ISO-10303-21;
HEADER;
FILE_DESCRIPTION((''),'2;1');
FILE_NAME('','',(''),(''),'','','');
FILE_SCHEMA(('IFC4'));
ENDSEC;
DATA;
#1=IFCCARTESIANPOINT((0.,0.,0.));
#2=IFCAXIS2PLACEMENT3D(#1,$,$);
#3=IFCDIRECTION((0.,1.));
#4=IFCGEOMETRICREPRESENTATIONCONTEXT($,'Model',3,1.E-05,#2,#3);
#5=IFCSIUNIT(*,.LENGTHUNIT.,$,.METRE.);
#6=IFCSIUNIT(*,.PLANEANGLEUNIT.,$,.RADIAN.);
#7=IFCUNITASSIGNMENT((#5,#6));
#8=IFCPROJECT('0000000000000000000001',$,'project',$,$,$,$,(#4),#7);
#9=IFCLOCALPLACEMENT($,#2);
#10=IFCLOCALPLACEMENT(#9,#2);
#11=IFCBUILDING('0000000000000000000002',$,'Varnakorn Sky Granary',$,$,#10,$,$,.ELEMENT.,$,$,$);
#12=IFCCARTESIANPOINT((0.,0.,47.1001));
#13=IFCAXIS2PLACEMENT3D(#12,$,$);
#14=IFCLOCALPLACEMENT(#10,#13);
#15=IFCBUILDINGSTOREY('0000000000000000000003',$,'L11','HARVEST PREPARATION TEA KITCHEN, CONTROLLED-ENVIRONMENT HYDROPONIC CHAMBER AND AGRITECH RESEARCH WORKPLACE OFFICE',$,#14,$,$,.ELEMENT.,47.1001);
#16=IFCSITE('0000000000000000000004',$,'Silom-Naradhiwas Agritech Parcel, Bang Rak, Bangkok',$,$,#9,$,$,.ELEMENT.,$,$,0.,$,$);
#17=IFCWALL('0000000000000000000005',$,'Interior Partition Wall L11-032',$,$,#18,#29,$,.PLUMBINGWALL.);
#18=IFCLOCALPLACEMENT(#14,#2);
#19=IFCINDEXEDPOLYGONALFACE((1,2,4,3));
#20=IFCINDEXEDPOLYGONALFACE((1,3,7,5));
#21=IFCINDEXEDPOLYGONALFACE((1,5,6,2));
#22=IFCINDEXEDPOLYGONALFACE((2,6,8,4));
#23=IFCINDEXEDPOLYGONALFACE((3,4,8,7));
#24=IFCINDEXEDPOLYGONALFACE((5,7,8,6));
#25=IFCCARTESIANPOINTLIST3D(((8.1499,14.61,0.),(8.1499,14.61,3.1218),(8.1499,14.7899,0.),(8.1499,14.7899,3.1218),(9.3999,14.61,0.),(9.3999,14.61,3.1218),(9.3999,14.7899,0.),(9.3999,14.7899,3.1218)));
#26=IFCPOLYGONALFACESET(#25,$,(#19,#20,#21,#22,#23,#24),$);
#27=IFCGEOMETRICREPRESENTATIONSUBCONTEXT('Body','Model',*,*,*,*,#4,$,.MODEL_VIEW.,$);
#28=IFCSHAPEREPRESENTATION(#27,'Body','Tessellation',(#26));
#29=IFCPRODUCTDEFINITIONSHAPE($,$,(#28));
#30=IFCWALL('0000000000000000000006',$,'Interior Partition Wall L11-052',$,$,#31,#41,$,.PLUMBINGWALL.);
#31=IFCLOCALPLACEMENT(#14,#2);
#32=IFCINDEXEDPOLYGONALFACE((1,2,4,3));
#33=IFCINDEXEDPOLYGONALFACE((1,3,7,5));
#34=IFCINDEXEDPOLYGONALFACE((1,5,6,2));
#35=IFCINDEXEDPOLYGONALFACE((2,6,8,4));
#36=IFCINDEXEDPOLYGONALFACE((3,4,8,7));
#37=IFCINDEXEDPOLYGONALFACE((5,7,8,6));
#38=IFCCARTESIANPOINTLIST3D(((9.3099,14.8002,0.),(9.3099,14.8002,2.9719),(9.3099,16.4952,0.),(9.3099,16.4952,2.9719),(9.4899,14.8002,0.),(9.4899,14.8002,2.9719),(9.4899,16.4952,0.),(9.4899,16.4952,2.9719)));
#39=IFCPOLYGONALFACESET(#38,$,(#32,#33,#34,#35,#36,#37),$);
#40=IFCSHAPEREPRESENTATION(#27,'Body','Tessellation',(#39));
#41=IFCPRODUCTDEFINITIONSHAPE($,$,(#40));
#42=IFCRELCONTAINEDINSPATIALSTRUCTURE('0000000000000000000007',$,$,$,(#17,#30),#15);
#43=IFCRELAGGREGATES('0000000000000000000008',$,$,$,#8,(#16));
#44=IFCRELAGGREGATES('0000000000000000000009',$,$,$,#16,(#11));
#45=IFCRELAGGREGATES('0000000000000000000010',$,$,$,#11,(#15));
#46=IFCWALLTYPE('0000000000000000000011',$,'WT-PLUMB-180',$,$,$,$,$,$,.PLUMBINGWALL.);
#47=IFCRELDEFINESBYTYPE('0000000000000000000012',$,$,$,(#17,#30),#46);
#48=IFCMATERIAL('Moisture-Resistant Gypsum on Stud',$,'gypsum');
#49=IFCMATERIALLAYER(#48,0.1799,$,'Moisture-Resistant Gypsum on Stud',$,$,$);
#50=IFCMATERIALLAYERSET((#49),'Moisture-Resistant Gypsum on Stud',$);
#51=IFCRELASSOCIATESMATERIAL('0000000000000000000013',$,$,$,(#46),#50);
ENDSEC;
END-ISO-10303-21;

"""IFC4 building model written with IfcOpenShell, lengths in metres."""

from ifc_helpers import new_model, si_unit, direction, frame, frame_2d, origin, place, context, subcontext, project, spatial, rectangle, extrude, material, layer, layer_set, type_object, element, save


model = new_model("IFC4")

# Units and contexts
model_context = context("Model", 3, precision=1e-05, world=origin(), true_north=direction((0.0, 1.0)))
body_context = subcontext(model_context, "Body", "Model", "MODEL_VIEW")
ifc_project = project(units=[si_unit("LENGTHUNIT", "METRE"), si_unit("PLANEANGLEUNIT", "RADIAN")], contexts=[model_context])

# Site, building, storey
site_placement = place(None, origin())
site = spatial("IfcSite", under=ifc_project, at=site_placement, Name="Silom-Naradhiwas Agritech Parcel, Bang Rak, Bangkok", CompositionType="ELEMENT", RefElevation=0.0)
building_placement = place(site_placement, origin())
building = spatial("IfcBuilding", under=site, at=building_placement, Name="Varnakorn Sky Granary", CompositionType="ELEMENT")
storey_placement = place(building_placement, frame((0.0, 0.0, 47.1001)))
storey = spatial("IfcBuildingStorey", under=building, at=storey_placement, Name="L11", Description="HARVEST PREPARATION TEA KITCHEN, CONTROLLED-ENVIRONMENT HYDROPONIC CHAMBER AND AGRITECH RESEARCH WORKPLACE OFFICE", CompositionType="ELEMENT", Elevation=47.1001)

# Walls
ifc_material_1 = material(Name="Moisture-Resistant Gypsum on Stud", Category="gypsum")
ifc_layer_1 = layer(ifc_material_1, 0.1799, Name="Moisture-Resistant Gypsum on Stud")
ifc_layer_set_1 = layer_set([ifc_layer_1], Name="Moisture-Resistant Gypsum on Stud")
wall_type_1 = type_object("IfcWallType", Name="WT-PLUMB-180", PredefinedType="PLUMBINGWALL", material=ifc_layer_set_1)
wall_1_placement = place(storey_placement, frame((9.3999, 14.7, 0.0), z_axis=(0.0, 0.0, 1.0), x_axis=(-1.0, 0.0, 0.0)))
element("IfcWall", 1, at=wall_1_placement, inside=storey, type_object=wall_type_1, Name="Interior Partition Wall L11-032", PredefinedType="PLUMBINGWALL", context=body_context, shape_type="SweptSolid", body=[
    extrude(rectangle(XDim=1.25, YDim=0.1799, at=frame_2d((0.625, 0.0))), origin(), (0.0, 0.0, 1.0), 3.1218),
])
wall_2_placement = place(storey_placement, frame((9.3999, 14.8, 0.0), z_axis=(0.0, 0.0, 1.0), x_axis=(0.0, 1.0, 0.0)))
element("IfcWall", 2, at=wall_2_placement, inside=storey, type_object=wall_type_1, Name="Interior Partition Wall L11-052", PredefinedType="PLUMBINGWALL", context=body_context, shape_type="SweptSolid", body=[
    extrude(rectangle(XDim=1.6951, YDim=0.1799, at=frame_2d((0.8477, 0.0))), origin(), (0.0, 0.0, 1.0), 2.9719),
])

save(model, "model.ifc")
